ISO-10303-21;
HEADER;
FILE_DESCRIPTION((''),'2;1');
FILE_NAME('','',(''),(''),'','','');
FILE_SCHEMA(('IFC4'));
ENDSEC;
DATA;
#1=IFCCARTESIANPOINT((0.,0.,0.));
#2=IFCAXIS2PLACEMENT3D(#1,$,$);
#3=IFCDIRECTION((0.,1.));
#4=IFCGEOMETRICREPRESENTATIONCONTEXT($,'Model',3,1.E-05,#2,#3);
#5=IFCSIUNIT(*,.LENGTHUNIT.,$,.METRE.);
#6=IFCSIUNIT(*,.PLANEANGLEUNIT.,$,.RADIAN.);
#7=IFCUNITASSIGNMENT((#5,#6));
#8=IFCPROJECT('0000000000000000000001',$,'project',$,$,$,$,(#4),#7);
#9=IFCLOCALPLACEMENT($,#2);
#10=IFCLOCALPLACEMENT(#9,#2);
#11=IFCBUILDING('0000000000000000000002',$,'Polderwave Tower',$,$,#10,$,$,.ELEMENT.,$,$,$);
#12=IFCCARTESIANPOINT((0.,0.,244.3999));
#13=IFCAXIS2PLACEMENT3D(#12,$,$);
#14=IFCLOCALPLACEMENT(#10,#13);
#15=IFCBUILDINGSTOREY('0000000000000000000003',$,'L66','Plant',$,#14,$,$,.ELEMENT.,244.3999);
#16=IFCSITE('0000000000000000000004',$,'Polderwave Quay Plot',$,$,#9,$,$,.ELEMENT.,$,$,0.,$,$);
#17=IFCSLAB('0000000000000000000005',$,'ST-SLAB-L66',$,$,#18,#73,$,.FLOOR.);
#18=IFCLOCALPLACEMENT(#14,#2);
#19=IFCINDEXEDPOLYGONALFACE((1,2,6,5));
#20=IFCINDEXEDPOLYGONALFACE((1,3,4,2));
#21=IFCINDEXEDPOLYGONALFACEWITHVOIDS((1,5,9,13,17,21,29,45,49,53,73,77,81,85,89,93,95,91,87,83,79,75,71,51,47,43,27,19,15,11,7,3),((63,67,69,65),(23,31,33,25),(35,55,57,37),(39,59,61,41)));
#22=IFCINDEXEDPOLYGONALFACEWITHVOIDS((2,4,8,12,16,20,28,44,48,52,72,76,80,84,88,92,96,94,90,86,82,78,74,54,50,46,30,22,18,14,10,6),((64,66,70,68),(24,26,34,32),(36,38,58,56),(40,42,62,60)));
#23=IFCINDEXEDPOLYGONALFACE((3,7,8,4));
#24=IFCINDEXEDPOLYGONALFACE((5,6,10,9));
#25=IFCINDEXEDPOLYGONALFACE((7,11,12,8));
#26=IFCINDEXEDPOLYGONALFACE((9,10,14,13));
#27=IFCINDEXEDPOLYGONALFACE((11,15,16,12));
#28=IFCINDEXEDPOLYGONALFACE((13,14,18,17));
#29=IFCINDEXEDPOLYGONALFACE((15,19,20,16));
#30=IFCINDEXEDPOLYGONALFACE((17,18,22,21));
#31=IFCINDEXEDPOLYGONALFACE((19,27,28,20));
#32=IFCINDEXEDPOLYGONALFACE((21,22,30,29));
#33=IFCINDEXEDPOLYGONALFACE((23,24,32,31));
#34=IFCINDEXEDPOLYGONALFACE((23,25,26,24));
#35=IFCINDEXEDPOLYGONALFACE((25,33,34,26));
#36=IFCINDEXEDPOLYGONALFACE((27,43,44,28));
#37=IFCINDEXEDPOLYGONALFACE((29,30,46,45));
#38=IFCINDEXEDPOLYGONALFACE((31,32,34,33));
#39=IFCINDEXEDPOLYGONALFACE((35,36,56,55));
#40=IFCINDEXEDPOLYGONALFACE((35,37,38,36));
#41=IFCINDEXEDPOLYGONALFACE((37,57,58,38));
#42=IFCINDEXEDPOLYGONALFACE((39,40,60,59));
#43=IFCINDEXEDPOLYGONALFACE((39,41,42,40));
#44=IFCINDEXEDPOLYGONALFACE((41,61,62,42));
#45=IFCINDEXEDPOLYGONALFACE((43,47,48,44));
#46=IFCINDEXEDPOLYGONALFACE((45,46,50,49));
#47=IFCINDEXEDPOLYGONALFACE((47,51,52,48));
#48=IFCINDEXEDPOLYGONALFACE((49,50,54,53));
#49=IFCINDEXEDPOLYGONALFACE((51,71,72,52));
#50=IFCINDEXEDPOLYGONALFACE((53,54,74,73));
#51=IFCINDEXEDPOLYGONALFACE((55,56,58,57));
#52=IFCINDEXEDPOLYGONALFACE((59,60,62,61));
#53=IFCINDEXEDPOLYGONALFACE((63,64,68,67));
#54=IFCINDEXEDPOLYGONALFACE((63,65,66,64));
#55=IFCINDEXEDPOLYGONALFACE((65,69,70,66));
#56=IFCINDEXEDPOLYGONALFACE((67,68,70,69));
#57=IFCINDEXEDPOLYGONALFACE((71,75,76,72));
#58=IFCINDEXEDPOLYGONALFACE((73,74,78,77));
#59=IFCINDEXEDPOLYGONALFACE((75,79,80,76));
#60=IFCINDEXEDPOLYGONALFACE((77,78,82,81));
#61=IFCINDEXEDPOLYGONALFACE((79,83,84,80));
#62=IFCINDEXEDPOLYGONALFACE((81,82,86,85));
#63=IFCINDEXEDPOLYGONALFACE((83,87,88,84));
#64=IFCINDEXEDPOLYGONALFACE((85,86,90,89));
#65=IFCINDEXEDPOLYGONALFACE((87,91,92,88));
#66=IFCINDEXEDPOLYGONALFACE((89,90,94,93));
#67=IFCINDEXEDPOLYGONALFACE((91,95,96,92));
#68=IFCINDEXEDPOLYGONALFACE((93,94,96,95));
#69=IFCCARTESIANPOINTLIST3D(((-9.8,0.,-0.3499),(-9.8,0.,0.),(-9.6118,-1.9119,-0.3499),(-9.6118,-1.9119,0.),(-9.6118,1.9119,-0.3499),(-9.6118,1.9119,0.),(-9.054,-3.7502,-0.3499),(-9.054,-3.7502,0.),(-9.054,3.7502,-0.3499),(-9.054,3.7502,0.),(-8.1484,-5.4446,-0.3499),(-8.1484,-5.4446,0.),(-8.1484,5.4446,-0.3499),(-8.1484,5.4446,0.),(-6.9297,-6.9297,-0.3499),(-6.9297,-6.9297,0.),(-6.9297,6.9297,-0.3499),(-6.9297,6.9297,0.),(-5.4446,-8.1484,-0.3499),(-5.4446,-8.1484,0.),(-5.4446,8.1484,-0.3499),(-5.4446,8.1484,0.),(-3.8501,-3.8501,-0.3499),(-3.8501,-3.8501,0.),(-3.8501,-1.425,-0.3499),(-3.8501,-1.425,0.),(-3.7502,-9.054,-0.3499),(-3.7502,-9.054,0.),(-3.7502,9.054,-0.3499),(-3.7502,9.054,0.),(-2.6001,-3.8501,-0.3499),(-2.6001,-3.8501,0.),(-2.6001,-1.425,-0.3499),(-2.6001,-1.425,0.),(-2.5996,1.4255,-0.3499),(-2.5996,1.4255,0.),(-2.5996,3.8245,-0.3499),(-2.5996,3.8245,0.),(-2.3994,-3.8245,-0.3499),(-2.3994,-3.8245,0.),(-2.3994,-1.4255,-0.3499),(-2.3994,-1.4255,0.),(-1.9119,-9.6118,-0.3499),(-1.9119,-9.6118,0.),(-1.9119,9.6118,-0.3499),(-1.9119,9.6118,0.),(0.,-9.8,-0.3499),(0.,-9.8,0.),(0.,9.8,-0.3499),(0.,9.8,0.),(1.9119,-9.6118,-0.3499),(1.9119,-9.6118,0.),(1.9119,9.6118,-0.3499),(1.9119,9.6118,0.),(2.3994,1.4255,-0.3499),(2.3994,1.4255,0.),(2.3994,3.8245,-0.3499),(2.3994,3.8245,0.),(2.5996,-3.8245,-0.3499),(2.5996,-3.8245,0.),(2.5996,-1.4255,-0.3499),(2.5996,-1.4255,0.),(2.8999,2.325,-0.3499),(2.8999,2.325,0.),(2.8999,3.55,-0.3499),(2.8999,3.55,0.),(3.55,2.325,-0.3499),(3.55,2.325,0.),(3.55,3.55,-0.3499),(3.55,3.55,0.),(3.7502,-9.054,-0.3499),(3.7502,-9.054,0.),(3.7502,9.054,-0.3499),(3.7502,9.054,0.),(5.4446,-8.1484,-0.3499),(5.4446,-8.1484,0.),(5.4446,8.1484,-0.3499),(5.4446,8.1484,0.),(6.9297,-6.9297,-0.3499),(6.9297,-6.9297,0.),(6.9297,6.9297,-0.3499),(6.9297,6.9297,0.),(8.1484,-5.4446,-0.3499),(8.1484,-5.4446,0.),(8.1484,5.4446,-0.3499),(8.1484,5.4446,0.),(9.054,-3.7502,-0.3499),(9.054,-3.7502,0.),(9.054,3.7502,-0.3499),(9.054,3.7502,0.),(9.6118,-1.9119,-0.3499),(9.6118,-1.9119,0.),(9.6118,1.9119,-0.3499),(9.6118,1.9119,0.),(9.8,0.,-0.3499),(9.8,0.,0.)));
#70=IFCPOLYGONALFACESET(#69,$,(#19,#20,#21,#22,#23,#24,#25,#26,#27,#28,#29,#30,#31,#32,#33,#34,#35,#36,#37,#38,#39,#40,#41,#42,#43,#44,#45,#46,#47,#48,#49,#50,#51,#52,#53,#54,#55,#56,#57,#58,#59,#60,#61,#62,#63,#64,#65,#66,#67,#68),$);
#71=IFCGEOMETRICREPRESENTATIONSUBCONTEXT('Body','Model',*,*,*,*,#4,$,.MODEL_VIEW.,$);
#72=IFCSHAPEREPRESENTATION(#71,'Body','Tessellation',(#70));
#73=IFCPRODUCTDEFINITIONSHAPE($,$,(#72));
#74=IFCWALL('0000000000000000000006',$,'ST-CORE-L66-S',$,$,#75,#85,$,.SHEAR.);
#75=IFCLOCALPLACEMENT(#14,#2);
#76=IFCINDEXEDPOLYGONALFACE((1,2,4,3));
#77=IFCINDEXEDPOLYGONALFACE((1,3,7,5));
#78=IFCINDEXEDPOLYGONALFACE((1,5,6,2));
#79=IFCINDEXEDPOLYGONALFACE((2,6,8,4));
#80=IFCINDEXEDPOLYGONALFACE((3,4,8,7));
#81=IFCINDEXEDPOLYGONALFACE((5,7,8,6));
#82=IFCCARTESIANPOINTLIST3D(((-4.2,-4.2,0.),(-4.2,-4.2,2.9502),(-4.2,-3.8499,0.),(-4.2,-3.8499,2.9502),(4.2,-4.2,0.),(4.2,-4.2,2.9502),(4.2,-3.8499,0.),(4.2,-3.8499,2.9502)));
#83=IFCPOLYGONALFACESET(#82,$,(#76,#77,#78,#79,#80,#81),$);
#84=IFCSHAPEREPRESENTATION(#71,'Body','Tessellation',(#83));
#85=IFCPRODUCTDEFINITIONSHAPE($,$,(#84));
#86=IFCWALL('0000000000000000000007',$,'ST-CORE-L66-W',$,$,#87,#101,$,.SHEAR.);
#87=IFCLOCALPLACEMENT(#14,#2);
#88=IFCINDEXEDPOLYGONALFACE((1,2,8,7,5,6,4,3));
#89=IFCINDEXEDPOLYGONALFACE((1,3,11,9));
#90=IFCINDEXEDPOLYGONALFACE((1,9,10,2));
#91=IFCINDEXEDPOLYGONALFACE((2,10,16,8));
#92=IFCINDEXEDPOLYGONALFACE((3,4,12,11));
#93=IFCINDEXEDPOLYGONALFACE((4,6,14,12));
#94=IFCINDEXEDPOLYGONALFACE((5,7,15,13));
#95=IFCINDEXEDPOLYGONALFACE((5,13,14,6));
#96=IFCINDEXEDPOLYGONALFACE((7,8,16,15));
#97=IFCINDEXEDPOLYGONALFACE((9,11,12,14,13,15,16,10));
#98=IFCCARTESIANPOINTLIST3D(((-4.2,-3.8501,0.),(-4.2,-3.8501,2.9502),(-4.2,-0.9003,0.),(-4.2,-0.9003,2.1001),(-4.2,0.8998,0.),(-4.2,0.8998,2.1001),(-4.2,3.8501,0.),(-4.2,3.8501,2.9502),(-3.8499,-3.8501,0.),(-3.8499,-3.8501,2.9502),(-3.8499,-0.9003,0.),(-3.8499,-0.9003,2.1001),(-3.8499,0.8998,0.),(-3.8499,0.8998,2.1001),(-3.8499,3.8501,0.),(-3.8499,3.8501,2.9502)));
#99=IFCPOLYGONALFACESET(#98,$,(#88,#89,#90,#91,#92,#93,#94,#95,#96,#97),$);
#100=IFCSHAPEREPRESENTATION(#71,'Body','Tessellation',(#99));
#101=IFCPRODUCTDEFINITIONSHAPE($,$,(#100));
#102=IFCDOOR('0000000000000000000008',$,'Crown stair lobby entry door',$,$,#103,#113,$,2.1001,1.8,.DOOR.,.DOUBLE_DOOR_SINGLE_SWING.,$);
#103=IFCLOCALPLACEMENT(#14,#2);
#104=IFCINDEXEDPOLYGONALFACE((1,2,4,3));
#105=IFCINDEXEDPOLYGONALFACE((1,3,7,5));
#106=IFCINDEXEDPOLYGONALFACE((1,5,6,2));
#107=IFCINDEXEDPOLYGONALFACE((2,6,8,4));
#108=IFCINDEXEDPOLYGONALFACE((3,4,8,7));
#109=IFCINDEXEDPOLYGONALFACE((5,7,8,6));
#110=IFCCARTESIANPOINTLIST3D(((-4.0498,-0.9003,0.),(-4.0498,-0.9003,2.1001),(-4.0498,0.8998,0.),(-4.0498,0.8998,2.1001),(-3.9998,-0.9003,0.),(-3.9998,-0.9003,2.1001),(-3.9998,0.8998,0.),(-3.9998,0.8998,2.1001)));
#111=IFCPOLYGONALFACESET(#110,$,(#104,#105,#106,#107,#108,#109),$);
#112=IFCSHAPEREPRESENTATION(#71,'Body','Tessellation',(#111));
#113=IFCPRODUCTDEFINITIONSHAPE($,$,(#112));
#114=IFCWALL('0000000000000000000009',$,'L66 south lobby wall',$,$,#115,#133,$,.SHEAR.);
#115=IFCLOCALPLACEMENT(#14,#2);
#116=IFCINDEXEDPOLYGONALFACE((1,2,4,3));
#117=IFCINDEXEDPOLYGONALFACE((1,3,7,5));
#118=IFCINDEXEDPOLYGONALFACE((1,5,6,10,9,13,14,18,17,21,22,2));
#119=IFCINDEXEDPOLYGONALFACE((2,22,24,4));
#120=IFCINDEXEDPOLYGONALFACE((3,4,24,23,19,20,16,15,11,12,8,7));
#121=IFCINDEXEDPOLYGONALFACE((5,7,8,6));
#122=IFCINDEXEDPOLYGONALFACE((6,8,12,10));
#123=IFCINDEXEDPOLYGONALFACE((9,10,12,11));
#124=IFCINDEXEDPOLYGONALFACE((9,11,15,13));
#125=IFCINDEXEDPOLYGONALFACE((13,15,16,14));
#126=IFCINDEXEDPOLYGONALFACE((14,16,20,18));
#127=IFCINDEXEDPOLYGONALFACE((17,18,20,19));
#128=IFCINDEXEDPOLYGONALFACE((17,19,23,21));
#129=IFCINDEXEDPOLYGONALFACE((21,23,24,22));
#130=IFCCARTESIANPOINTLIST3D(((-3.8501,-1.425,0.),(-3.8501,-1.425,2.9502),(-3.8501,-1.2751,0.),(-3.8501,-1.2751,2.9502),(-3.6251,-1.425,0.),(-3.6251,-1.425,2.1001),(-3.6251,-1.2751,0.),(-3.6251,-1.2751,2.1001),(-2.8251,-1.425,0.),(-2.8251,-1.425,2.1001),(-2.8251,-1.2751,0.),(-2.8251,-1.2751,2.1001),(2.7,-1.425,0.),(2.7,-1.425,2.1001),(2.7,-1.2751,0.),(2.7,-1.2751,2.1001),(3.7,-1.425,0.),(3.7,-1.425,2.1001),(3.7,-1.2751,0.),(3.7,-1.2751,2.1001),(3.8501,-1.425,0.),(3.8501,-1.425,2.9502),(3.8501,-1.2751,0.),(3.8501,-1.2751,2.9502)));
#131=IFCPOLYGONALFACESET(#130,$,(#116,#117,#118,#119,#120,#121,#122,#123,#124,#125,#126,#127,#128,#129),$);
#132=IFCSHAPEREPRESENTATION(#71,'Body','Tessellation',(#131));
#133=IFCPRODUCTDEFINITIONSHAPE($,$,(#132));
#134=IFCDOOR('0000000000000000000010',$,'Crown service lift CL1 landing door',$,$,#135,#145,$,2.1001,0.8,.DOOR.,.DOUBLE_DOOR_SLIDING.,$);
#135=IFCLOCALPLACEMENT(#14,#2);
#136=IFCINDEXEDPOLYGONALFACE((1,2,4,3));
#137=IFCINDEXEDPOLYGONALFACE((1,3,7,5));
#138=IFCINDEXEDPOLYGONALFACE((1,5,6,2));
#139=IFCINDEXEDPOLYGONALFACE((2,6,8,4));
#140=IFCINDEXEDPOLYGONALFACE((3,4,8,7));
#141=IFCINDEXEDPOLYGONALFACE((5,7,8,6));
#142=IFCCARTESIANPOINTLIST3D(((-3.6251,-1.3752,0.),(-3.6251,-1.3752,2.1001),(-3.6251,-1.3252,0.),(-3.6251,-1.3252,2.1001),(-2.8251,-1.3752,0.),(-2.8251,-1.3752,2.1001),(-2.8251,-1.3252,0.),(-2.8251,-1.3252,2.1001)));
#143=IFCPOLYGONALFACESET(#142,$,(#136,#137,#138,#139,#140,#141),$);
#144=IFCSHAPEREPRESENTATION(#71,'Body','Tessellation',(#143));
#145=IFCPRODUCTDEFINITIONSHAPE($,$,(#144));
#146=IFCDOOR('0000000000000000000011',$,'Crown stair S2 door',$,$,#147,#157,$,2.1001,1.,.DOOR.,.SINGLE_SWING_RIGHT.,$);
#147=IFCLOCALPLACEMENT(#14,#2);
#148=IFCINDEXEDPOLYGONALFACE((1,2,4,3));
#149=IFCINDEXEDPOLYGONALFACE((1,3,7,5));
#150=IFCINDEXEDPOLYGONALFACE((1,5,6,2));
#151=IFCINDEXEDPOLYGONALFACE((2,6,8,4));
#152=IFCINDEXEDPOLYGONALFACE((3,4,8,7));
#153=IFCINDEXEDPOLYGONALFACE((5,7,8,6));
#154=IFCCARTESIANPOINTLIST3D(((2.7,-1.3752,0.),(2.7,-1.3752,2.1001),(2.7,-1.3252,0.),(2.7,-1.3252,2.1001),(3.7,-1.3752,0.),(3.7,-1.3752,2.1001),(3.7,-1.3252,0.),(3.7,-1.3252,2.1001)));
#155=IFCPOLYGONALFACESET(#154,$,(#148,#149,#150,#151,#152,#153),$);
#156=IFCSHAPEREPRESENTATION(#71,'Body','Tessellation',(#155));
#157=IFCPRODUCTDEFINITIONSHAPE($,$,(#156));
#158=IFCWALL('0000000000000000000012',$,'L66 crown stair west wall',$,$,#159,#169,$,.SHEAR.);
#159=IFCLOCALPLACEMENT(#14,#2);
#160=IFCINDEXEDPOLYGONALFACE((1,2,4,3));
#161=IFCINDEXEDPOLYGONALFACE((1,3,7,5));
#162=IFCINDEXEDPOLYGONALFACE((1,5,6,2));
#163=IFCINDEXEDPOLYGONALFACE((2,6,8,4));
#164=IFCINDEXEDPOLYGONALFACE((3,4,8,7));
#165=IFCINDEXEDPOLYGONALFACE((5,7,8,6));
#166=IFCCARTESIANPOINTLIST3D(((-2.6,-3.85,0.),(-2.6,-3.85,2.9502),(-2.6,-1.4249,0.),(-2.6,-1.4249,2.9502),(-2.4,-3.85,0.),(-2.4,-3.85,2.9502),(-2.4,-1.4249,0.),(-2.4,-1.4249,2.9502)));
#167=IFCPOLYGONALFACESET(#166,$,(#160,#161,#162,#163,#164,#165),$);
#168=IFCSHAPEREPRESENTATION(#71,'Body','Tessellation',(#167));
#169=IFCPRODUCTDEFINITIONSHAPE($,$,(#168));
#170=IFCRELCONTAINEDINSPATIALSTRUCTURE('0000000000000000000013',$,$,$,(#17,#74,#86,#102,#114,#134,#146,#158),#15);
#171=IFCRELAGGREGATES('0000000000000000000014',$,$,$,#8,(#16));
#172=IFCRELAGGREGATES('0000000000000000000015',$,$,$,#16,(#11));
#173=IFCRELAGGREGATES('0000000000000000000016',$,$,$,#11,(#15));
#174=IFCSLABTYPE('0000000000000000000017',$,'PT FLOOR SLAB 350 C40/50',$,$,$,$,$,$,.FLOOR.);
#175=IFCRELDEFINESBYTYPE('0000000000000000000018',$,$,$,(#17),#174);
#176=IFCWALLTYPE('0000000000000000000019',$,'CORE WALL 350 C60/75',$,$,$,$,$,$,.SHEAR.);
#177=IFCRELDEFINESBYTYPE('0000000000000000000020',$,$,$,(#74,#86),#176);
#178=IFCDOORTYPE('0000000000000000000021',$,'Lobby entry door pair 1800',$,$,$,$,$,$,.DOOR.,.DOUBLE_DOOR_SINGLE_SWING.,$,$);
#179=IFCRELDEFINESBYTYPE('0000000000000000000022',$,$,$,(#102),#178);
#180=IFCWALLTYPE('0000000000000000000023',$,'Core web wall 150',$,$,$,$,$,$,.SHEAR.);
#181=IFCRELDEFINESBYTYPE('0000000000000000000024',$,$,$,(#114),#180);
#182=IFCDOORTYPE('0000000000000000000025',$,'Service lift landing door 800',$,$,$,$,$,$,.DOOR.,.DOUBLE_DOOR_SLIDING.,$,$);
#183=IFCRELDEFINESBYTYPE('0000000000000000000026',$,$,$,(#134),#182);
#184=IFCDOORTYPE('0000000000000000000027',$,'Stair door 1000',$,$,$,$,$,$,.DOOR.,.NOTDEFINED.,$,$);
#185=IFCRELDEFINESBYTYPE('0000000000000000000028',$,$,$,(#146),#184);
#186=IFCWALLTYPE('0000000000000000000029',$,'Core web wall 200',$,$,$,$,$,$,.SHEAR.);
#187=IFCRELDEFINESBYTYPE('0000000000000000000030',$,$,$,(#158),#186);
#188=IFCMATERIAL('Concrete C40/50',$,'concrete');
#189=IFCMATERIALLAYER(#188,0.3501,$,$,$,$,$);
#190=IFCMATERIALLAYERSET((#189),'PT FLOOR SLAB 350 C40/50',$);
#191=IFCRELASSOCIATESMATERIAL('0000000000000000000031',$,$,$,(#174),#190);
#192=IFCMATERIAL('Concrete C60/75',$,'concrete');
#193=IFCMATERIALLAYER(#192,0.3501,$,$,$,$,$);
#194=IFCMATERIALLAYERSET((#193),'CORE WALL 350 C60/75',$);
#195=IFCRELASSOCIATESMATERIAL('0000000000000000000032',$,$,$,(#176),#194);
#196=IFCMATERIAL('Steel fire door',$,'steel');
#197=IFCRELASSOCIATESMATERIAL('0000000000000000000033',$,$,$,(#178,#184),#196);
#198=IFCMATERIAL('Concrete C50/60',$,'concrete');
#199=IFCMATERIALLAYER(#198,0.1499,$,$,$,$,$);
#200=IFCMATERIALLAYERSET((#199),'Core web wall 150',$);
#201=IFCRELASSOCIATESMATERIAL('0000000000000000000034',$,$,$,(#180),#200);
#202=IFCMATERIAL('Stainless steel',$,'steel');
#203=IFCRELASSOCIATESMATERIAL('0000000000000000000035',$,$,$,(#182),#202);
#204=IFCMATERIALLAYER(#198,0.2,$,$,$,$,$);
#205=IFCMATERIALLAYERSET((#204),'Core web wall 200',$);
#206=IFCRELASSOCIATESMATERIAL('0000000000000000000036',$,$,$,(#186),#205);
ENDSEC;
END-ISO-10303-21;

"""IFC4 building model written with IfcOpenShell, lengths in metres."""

from ifc_helpers import new_model, si_unit, direction, frame, frame_2d, origin, place, context, subcontext, project, spatial, polyline, rectangle, outline, extrude, material, layer, layer_set, type_object, element, fill, save


model = new_model("IFC4")

# Units and contexts
model_context = context("Model", 3, precision=1e-05, world=origin(), true_north=direction((0.0, 1.0)))
body_context = subcontext(model_context, "Body", "Model", "MODEL_VIEW")
ifc_project = project(units=[si_unit("LENGTHUNIT", "METRE"), si_unit("PLANEANGLEUNIT", "RADIAN")], contexts=[model_context])

# Site, building, storey
site_placement = place(None, origin())
site = spatial("IfcSite", under=ifc_project, at=site_placement, Name="Polderwave Quay Plot", CompositionType="ELEMENT", RefElevation=0.0)
building_placement = place(site_placement, origin())
building = spatial("IfcBuilding", under=site, at=building_placement, Name="Polderwave Tower", CompositionType="ELEMENT")
storey_placement = place(building_placement, frame((0.0, 0.0, 244.3999)))
storey = spatial("IfcBuildingStorey", under=building, at=storey_placement, Name="L66", Description="Plant", CompositionType="ELEMENT", Elevation=244.3999)

# Slab
ifc_material_1 = material(Name="Concrete C40/50", Category="concrete")
ifc_layer_1 = layer(ifc_material_1, 0.3501)
ifc_layer_set_1 = layer_set([ifc_layer_1], Name="PT FLOOR SLAB 350 C40/50")
slab_type = type_object("IfcSlabType", Name="PT FLOOR SLAB 350 C40/50", PredefinedType="FLOOR", material=ifc_layer_set_1)
slab_placement = place(storey_placement, frame((0.0, 0.0, -0.3499)))
element("IfcSlab", 1, at=slab_placement, inside=storey, type_object=slab_type, Name="ST-SLAB-L66", PredefinedType="FLOOR", context=body_context, shape_type="SweptSolid", body=[
    extrude(outline(polyline([(9.8, 0.0), (9.6118, 1.9119), (9.054, 3.7502), (8.1484, 5.4446), (6.9297, 6.9297), (5.4446, 8.1484), (3.7502, 9.054), (1.9119, 9.6118), (0.0, 9.8), (-1.9119, 9.6118), (-3.7502, 9.054), (-5.4446, 8.1484), (-6.9297, 6.9297), (-8.1484, 5.4446), (-9.054, 3.7502), (-9.6118, 1.9119), (-9.8, 0.0), (-9.6118, -1.9119), (-9.054, -3.7502), (-8.1484, -5.4446), (-6.9297, -6.9297), (-5.4446, -8.1484), (-3.7502, -9.054), (-1.9119, -9.6118), (0.0, -9.8), (1.9119, -9.6118), (3.7502, -9.054), (5.4446, -8.1484), (6.9297, -6.9297), (8.1484, -5.4446), (9.054, -3.7502), (9.6118, -1.9119), (9.8, 0.0)]), holes=[polyline([(-2.5996, 1.4255), (2.3994, 1.4255), (2.3994, 3.8245), (-2.5996, 3.8245), (-2.5996, 1.4255)]), polyline([(-2.3994, -3.8245), (2.5996, -3.8245), (2.5996, -1.4255), (-2.3994, -1.4255), (-2.3994, -3.8245)]), polyline([(2.8999, 2.325), (3.55, 2.325), (3.55, 3.55), (2.8999, 3.55), (2.8999, 2.325)]), polyline([(-3.8501, -3.8501), (-2.6001, -3.8501), (-2.6001, -1.425), (-3.8501, -1.425), (-3.8501, -3.8501)])]), origin(), (0.0, 0.0, 1.0), 0.3499),
])

# Wall
ifc_material_2 = material(Name="Concrete C60/75", Category="concrete")
ifc_layer_2 = layer(ifc_material_2, 0.3501)
ifc_layer_set_2 = layer_set([ifc_layer_2], Name="CORE WALL 350 C60/75")
wall_type_1 = type_object("IfcWallType", Name="CORE WALL 350 C60/75", PredefinedType="SHEAR", material=ifc_layer_set_2)
wall_1_placement = place(storey_placement, frame((-4.2, -4.0249, 0.0), z_axis=(0.0, 0.0, 1.0), x_axis=(1.0, 0.0, 0.0)))
element("IfcWall", 2, at=wall_1_placement, inside=storey, type_object=wall_type_1, Name="ST-CORE-L66-S", PredefinedType="SHEAR", context=body_context, shape_type="SweptSolid", body=[
    extrude(rectangle(XDim=8.3999, YDim=0.3501, at=frame_2d((4.2, 0.0))), origin(), (0.0, 0.0, 1.0), 2.9502),
])

# Wall, opening, door
wall_2_placement = place(storey_placement, frame((-4.0249, -3.8501, 0.0), z_axis=(0.0, 0.0, 1.0), x_axis=(0.0, 1.0, 0.0)))
wall_2 = element("IfcWall", 3, at=wall_2_placement, inside=storey, type_object=wall_type_1, Name="ST-CORE-L66-W", PredefinedType="SHEAR", context=body_context, shape_type="SweptSolid", body=[
    extrude(rectangle(XDim=7.7002, YDim=0.3501, at=frame_2d((3.8501, 0.0))), origin(), (0.0, 0.0, 1.0), 2.9502),
])
opening_1_placement = place(wall_2_placement, frame((2.95, 0.0, 0.0)))
opening_1 = element("IfcOpeningElement", 4, at=opening_1_placement, cuts=wall_2, PredefinedType="OPENING", context=body_context, shape_type="SweptSolid", body=[
    extrude(rectangle(XDim=1.8, YDim=2.1001, at=frame_2d((0.8999, 1.05))), frame((0.0, 0.1851, 0.0), z_axis=(0.0, -1.0, 0.0), x_axis=(1.0, 0.0, 0.0)), (0.0, 0.0, 1.0), 0.3701),
])
ifc_material_3 = material(Name="Steel fire door", Category="steel")
door_type_1 = type_object("IfcDoorType", Name="Lobby entry door pair 1800", OperationType="DOUBLE_DOOR_SINGLE_SWING", PredefinedType="DOOR", material=ifc_material_3)
door_1_placement = place(opening_1_placement, origin())
door_1 = element("IfcDoor", 5, at=door_1_placement, inside=storey, type_object=door_type_1, Name="Crown stair lobby entry door", OperationType="DOUBLE_DOOR_SINGLE_SWING", OverallHeight=2.1001, OverallWidth=1.8, PredefinedType="DOOR", context=body_context, shape_type="SweptSolid", body=[
    extrude(rectangle(XDim=1.8, YDim=2.1001, at=frame_2d((0.8999, 1.05))), frame((0.0, 0.0249, 0.0), z_axis=(0.0, -1.0, 0.0), x_axis=(1.0, 0.0, 0.0)), (0.0, 0.0, 1.0), 0.05),
])
fill(opening_1, door_1)

# Wall, openings, doors
ifc_material_4 = material(Name="Concrete C50/60", Category="concrete")
ifc_layer_3 = layer(ifc_material_4, 0.1499)
ifc_layer_set_3 = layer_set([ifc_layer_3], Name="Core web wall 150")
wall_type_2 = type_object("IfcWallType", Name="Core web wall 150", PredefinedType="SHEAR", material=ifc_layer_set_3)
wall_3_placement = place(storey_placement, frame((-3.8501, -1.3501, 0.0), z_axis=(0.0, 0.0, 1.0), x_axis=(1.0, 0.0, 0.0)))
wall_3 = element("IfcWall", 6, at=wall_3_placement, inside=storey, type_object=wall_type_2, Name="L66 south lobby wall", PredefinedType="SHEAR", context=body_context, shape_type="SweptSolid", body=[
    extrude(rectangle(XDim=7.7002, YDim=0.1499, at=frame_2d((3.8501, 0.0))), origin(), (0.0, 0.0, 1.0), 2.9502),
])
opening_2_placement = place(wall_3_placement, frame((0.2251, 0.0, 0.0)))
opening_2 = element("IfcOpeningElement", 7, at=opening_2_placement, cuts=wall_3, PredefinedType="OPENING", context=body_context, shape_type="SweptSolid", body=[
    extrude(rectangle(XDim=0.8, YDim=2.1001, at=frame_2d((0.3999, 1.05))), frame((0.0, 0.085, 0.0), z_axis=(0.0, -1.0, 0.0), x_axis=(1.0, 0.0, 0.0)), (0.0, 0.0, 1.0), 0.1699),
])
opening_3_placement = place(wall_3_placement, frame((6.55, 0.0, 0.0)))
opening_3 = element("IfcOpeningElement", 8, at=opening_3_placement, cuts=wall_3, PredefinedType="OPENING", context=body_context, shape_type="SweptSolid", body=[
    extrude(rectangle(XDim=1.0, YDim=2.1001, at=frame_2d((0.5, 1.05))), frame((0.0, 0.085, 0.0), z_axis=(0.0, -1.0, 0.0), x_axis=(1.0, 0.0, 0.0)), (0.0, 0.0, 1.0), 0.1699),
])
ifc_material_5 = material(Name="Stainless steel", Category="steel")
door_type_2 = type_object("IfcDoorType", Name="Service lift landing door 800", OperationType="DOUBLE_DOOR_SLIDING", PredefinedType="DOOR", material=ifc_material_5)
door_2_placement = place(opening_2_placement, origin())
door_2 = element("IfcDoor", 9, at=door_2_placement, inside=storey, type_object=door_type_2, Name="Crown service lift CL1 landing door", OperationType="DOUBLE_DOOR_SLIDING", OverallHeight=2.1001, OverallWidth=0.8, PredefinedType="DOOR", context=body_context, shape_type="SweptSolid", body=[
    extrude(rectangle(XDim=0.8, YDim=2.1001, at=frame_2d((0.3999, 1.05))), frame((0.0, 0.0249, 0.0), z_axis=(0.0, -1.0, 0.0), x_axis=(1.0, 0.0, 0.0)), (0.0, 0.0, 1.0), 0.05),
])
fill(opening_2, door_2)
door_type_3 = type_object("IfcDoorType", Name="Stair door 1000", OperationType="NOTDEFINED", PredefinedType="DOOR", material=ifc_material_3)
door_3_placement = place(opening_3_placement, origin())
door_3 = element("IfcDoor", 10, at=door_3_placement, inside=storey, type_object=door_type_3, Name="Crown stair S2 door", OperationType="SINGLE_SWING_RIGHT", OverallHeight=2.1001, OverallWidth=1.0, PredefinedType="DOOR", context=body_context, shape_type="SweptSolid", body=[
    extrude(rectangle(XDim=1.0, YDim=2.1001, at=frame_2d((0.5, 1.05))), frame((0.0, 0.0249, 0.0), z_axis=(0.0, -1.0, 0.0), x_axis=(1.0, 0.0, 0.0)), (0.0, 0.0, 1.0), 0.05),
])
fill(opening_3, door_3)

# Wall
ifc_layer_4 = layer(ifc_material_4, 0.2)
ifc_layer_set_4 = layer_set([ifc_layer_4], Name="Core web wall 200")
wall_type_3 = type_object("IfcWallType", Name="Core web wall 200", PredefinedType="SHEAR", material=ifc_layer_set_4)
wall_4_placement = place(storey_placement, frame((-2.5, -1.425, 0.0), z_axis=(0.0, 0.0, 1.0), x_axis=(0.0, -1.0, 0.0)))
element("IfcWall", 11, at=wall_4_placement, inside=storey, type_object=wall_type_3, Name="L66 crown stair west wall", PredefinedType="SHEAR", context=body_context, shape_type="SweptSolid", body=[
    extrude(rectangle(XDim=2.425, YDim=0.2, at=frame_2d((1.2124, 0.0))), origin(), (0.0, 0.0, 1.0), 2.9502),
])

save(model, "model.ifc")
